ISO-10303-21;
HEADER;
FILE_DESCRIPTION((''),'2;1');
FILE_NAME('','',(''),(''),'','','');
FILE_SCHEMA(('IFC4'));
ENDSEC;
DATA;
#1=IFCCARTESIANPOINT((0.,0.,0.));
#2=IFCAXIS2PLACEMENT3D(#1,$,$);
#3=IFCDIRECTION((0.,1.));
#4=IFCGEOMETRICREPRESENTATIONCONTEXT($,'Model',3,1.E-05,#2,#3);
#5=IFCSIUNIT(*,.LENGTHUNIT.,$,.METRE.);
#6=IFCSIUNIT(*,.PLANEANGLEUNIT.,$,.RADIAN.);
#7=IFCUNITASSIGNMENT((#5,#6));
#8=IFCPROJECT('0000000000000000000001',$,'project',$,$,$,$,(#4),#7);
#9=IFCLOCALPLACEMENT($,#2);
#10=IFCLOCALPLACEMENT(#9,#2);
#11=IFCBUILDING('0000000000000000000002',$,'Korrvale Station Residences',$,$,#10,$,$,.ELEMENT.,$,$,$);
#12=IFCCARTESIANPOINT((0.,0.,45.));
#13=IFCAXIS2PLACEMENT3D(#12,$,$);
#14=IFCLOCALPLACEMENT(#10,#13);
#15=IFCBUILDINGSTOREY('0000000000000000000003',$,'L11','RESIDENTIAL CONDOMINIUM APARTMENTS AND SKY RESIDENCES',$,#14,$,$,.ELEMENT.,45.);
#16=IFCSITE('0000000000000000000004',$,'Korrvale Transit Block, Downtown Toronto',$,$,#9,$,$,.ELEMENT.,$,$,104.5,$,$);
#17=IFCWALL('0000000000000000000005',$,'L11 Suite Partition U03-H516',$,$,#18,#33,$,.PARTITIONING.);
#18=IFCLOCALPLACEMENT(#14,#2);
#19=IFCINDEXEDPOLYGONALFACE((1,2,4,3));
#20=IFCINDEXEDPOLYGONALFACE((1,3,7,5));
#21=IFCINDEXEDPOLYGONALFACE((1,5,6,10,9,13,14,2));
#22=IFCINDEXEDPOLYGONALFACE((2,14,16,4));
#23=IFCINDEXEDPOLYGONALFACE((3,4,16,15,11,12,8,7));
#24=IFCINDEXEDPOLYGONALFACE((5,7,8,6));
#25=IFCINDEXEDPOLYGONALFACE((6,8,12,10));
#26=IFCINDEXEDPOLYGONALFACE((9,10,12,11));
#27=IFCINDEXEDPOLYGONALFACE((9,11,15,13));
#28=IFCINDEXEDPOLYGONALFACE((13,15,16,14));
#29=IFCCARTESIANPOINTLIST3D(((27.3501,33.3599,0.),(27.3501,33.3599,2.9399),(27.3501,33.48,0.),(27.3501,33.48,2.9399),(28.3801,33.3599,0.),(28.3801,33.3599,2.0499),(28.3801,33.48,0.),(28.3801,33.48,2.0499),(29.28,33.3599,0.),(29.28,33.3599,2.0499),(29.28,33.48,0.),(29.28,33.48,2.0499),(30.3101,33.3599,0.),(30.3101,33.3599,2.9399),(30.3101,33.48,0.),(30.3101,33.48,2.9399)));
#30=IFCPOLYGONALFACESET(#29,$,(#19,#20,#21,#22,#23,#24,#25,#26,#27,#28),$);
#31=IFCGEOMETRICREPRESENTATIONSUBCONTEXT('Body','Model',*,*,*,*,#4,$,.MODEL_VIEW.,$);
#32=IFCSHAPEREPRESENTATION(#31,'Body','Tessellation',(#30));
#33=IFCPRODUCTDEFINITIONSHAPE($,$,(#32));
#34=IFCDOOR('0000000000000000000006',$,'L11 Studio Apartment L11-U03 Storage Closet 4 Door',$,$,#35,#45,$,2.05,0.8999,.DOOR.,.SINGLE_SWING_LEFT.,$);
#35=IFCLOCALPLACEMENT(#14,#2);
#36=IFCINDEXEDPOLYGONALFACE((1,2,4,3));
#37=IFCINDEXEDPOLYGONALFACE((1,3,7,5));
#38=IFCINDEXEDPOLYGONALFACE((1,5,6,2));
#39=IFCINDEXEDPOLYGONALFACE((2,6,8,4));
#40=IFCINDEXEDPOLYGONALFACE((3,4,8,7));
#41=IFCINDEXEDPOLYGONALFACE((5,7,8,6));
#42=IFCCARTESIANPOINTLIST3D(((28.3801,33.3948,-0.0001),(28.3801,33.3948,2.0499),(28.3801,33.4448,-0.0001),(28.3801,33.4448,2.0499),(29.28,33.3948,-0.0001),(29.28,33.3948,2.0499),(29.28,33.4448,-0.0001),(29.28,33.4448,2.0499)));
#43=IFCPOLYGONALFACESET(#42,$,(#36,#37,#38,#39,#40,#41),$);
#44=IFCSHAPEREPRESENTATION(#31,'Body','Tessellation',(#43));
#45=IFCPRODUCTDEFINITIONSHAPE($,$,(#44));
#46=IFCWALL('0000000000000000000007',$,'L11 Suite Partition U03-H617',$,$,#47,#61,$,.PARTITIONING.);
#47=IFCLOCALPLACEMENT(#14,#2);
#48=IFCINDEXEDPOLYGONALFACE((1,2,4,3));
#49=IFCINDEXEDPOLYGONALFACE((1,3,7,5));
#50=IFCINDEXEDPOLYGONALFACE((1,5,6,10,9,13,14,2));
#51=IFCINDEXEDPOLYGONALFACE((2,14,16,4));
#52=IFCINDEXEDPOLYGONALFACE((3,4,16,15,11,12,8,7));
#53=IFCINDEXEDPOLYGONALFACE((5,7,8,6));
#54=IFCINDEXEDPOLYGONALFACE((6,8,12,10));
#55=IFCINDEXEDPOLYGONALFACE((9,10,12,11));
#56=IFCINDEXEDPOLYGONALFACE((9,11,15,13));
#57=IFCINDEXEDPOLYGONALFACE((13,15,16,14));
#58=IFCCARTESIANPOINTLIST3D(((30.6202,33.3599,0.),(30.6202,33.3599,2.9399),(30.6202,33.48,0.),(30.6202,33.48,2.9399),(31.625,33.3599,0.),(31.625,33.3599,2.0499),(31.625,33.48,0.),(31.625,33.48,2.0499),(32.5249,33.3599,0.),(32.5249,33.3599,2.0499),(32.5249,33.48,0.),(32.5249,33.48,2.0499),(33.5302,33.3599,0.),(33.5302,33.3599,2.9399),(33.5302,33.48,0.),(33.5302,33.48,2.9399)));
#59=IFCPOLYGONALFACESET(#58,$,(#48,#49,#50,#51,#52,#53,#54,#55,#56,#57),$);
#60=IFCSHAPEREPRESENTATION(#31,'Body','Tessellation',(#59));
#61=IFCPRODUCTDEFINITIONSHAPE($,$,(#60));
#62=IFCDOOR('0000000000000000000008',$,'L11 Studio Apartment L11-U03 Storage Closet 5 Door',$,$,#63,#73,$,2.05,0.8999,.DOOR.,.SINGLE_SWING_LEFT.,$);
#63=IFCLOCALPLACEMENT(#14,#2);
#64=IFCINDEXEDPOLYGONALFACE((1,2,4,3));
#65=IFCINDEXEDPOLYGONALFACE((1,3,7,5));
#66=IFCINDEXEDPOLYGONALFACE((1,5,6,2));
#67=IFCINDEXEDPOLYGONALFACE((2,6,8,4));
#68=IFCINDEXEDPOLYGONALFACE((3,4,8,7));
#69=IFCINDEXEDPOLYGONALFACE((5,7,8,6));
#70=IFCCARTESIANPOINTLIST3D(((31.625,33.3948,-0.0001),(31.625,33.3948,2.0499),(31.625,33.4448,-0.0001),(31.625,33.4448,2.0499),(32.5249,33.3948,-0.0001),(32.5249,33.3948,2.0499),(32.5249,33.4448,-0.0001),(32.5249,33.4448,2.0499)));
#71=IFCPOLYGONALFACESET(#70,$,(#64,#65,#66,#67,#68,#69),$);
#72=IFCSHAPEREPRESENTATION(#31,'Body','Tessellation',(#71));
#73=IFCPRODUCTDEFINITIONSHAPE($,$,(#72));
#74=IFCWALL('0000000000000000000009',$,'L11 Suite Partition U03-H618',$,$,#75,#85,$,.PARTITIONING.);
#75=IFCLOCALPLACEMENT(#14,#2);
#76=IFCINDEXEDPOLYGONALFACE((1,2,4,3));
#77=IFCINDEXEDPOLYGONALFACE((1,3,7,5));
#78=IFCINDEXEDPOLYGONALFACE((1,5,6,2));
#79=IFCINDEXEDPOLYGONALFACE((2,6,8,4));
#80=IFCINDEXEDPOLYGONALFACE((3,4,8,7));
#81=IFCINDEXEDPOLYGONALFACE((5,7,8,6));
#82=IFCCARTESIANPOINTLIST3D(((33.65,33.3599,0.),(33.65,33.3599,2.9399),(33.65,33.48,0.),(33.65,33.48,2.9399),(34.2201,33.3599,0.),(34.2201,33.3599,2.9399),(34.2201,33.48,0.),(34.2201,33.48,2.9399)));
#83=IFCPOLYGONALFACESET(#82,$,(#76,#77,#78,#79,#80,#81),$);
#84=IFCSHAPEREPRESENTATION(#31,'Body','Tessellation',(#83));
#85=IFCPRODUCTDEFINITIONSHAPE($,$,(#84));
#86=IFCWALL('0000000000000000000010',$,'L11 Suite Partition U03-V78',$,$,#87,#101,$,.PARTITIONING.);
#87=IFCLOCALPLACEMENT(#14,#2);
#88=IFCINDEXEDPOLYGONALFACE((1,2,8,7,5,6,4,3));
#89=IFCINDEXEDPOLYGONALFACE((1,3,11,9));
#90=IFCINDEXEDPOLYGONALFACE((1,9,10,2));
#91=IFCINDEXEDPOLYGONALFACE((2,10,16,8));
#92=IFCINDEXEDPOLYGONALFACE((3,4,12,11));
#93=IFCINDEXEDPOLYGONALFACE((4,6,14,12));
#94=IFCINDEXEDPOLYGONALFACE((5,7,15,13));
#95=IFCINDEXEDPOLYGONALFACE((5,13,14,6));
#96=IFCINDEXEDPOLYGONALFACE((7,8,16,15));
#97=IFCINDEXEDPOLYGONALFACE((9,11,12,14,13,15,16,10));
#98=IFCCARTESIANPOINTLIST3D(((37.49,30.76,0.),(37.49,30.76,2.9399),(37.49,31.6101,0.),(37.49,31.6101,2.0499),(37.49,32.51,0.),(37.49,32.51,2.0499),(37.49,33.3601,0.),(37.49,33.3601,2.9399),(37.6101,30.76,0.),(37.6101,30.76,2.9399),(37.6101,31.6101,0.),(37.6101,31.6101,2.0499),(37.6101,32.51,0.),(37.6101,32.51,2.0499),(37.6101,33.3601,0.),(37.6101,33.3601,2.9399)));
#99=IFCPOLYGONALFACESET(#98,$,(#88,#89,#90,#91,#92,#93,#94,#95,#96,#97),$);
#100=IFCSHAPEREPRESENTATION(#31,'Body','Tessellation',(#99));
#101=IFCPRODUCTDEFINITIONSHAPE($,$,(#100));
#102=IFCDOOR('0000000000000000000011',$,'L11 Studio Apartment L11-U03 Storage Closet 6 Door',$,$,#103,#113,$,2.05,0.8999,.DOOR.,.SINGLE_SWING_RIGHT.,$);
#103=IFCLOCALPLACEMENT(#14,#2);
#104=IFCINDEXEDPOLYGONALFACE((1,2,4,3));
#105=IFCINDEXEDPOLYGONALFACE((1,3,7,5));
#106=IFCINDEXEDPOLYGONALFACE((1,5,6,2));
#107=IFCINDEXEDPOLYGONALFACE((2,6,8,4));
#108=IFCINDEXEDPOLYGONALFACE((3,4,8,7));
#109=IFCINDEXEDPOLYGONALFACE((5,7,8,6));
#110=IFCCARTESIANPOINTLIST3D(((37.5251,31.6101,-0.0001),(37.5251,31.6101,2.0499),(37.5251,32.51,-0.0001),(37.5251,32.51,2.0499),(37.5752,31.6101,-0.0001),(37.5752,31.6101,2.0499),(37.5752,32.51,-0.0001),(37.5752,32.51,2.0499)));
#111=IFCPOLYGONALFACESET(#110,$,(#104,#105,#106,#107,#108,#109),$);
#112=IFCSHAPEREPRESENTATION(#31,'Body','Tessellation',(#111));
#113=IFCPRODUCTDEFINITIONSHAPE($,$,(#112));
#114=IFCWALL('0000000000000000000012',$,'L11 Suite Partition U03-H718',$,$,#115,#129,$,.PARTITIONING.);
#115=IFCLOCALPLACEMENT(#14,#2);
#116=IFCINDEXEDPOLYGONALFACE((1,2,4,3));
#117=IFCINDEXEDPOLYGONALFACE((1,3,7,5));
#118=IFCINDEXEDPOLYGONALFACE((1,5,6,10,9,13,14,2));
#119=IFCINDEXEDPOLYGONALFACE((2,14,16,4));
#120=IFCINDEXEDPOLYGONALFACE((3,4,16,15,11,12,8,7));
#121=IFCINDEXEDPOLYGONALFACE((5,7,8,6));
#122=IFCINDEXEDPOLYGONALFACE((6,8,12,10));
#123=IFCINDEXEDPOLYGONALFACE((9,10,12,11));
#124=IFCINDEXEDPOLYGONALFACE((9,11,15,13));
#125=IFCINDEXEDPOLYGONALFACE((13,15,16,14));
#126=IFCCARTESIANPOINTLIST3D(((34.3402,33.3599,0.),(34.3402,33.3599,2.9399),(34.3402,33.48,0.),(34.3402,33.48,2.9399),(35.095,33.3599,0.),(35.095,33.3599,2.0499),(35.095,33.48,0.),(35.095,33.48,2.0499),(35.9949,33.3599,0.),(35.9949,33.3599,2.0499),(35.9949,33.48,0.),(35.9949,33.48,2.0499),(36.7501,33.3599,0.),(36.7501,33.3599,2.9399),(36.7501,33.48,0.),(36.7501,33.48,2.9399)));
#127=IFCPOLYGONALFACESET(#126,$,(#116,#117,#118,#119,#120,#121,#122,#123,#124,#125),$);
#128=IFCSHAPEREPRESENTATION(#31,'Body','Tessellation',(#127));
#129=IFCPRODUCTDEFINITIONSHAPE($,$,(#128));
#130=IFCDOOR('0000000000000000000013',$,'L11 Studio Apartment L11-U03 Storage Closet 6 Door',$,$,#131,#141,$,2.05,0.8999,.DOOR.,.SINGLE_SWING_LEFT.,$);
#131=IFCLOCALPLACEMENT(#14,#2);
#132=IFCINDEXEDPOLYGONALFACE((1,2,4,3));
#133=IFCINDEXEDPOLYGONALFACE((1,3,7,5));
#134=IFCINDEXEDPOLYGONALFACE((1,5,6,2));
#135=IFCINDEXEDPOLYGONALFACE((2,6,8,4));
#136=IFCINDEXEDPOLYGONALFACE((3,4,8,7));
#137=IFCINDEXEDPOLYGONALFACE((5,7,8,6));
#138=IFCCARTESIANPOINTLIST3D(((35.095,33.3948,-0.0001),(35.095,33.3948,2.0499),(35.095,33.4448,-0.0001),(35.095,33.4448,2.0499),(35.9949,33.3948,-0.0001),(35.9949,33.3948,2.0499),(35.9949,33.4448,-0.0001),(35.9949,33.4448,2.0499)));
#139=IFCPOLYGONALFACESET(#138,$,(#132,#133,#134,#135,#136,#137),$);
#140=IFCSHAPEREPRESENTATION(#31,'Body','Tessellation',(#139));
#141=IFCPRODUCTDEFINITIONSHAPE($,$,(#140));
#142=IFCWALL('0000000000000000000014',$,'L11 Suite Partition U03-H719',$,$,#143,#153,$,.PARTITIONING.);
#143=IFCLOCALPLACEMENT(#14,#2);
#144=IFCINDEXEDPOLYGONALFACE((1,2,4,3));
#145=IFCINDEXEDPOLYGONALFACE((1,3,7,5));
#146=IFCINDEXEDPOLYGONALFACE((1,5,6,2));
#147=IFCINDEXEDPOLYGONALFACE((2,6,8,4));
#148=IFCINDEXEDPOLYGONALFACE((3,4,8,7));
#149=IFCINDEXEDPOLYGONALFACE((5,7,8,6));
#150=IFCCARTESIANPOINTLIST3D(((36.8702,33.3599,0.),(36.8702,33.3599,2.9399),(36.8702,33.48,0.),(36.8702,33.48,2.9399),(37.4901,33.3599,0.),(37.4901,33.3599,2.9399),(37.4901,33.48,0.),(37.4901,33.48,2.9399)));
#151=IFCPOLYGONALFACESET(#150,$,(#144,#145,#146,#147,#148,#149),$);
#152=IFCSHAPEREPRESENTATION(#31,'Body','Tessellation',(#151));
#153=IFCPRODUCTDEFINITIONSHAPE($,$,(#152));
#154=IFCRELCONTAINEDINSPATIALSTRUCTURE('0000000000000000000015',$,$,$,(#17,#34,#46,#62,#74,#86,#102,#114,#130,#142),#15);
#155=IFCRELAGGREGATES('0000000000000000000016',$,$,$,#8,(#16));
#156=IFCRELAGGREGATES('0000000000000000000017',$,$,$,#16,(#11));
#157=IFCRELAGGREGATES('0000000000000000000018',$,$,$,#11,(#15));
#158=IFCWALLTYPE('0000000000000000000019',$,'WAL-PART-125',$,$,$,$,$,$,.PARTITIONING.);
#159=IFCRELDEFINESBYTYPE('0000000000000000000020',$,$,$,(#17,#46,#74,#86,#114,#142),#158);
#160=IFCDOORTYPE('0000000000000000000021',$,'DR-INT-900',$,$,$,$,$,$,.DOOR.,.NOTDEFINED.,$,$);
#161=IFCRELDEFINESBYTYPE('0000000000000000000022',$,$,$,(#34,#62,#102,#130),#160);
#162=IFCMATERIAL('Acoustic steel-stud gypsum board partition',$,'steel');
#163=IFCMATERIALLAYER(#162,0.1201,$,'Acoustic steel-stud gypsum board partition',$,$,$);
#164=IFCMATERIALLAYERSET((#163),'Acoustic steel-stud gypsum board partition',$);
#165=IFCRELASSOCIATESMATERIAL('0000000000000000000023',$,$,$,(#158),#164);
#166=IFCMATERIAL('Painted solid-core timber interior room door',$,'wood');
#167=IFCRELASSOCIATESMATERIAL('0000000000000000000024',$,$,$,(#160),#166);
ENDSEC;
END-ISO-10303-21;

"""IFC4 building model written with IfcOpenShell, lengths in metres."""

from ifc_helpers import new_model, si_unit, direction, frame, frame_2d, origin, place, context, subcontext, project, spatial, rectangle, extrude, material, layer, layer_set, type_object, element, fill, save


model = new_model("IFC4")

# Units and contexts
model_context = context("Model", 3, precision=1e-05, world=origin(), true_north=direction((0.0, 1.0)))
body_context = subcontext(model_context, "Body", "Model", "MODEL_VIEW")
ifc_project = project(units=[si_unit("LENGTHUNIT", "METRE"), si_unit("PLANEANGLEUNIT", "RADIAN")], contexts=[model_context])

# Site, building, storey
site_placement = place(None, origin())
site = spatial("IfcSite", under=ifc_project, at=site_placement, Name="Korrvale Transit Block, Downtown Toronto", CompositionType="ELEMENT", RefElevation=104.5)
building_placement = place(site_placement, origin())
building = spatial("IfcBuilding", under=site, at=building_placement, Name="Korrvale Station Residences", CompositionType="ELEMENT")
storey_placement = place(building_placement, frame((0.0, 0.0, 45.0)))
storey = spatial("IfcBuildingStorey", under=building, at=storey_placement, Name="L11", Description="RESIDENTIAL CONDOMINIUM APARTMENTS AND SKY RESIDENCES", CompositionType="ELEMENT", Elevation=45.0)

# Walls, openings, doors
ifc_material_1 = material(Name="Acoustic steel-stud gypsum board partition", Category="steel")
ifc_layer = layer(ifc_material_1, 0.1201, Name="Acoustic steel-stud gypsum board partition")
ifc_layer_set = layer_set([ifc_layer], Name="Acoustic steel-stud gypsum board partition")
wall_type = type_object("IfcWallType", Name="WAL-PART-125", PredefinedType="PARTITIONING", material=ifc_layer_set)
wall_1_placement = place(storey_placement, frame((27.3501, 33.4199, 0.0), z_axis=(0.0, 0.0, 1.0), x_axis=(1.0, 0.0, 0.0)))
wall_1 = element("IfcWall", 1, at=wall_1_placement, inside=storey, type_object=wall_type, Name="L11 Suite Partition U03-H516", PredefinedType="PARTITIONING", context=body_context, shape_type="SweptSolid", body=[
    extrude(rectangle(XDim=2.96, YDim=0.1201, at=frame_2d((1.48, 0.0))), origin(), (0.0, 0.0, 1.0), 2.9399),
])
opening_1_placement = place(wall_1_placement, frame((1.03, 0.0, 0.0)))
opening_1 = element("IfcOpeningElement", 2, at=opening_1_placement, cuts=wall_1, PredefinedType="OPENING", context=body_context, shape_type="SweptSolid", body=[
    extrude(rectangle(XDim=0.8999, YDim=2.05, at=frame_2d((0.45, 1.0249))), frame((0.0, 0.0701, 0.0), z_axis=(0.0, -1.0, 0.0), x_axis=(1.0, 0.0, 0.0)), (0.0, 0.0, 1.0), 0.1401),
])
ifc_material_2 = material(Name="Painted solid-core timber interior room door", Category="wood")
door_type = type_object("IfcDoorType", Name="DR-INT-900", OperationType="NOTDEFINED", PredefinedType="DOOR", material=ifc_material_2)
door_1_placement = place(opening_1_placement, origin())
door_1 = element("IfcDoor", 3, at=door_1_placement, inside=storey, type_object=door_type, Name="L11 Studio Apartment L11-U03 Storage Closet 4 Door", OperationType="SINGLE_SWING_LEFT", OverallHeight=2.05, OverallWidth=0.8999, PredefinedType="DOOR", context=body_context, shape_type="SweptSolid", body=[
    extrude(rectangle(XDim=0.8999, YDim=2.05, at=frame_2d((0.45, 1.0249))), frame((0.0, 0.0249, 0.0), z_axis=(0.0, -1.0, 0.0), x_axis=(1.0, 0.0, 0.0)), (0.0, 0.0, 1.0), 0.05),
])
fill(opening_1, door_1)
wall_2_placement = place(storey_placement, frame((30.6201, 33.4199, 0.0), z_axis=(0.0, 0.0, 1.0), x_axis=(1.0, 0.0, 0.0)))
wall_2 = element("IfcWall", 4, at=wall_2_placement, inside=storey, type_object=wall_type, Name="L11 Suite Partition U03-H617", PredefinedType="PARTITIONING", context=body_context, shape_type="SweptSolid", body=[
    extrude(rectangle(XDim=2.9099, YDim=0.1201, at=frame_2d((1.4551, 0.0))), origin(), (0.0, 0.0, 1.0), 2.9399),
])
opening_2_placement = place(wall_2_placement, frame((1.0049, 0.0, 0.0)))
opening_2 = element("IfcOpeningElement", 5, at=opening_2_placement, cuts=wall_2, PredefinedType="OPENING", context=body_context, shape_type="SweptSolid", body=[
    extrude(rectangle(XDim=0.8999, YDim=2.05, at=frame_2d((0.45, 1.0249))), frame((0.0, 0.0701, 0.0), z_axis=(0.0, -1.0, 0.0), x_axis=(1.0, 0.0, 0.0)), (0.0, 0.0, 1.0), 0.1401),
])
door_2_placement = place(opening_2_placement, origin())
door_2 = element("IfcDoor", 6, at=door_2_placement, inside=storey, type_object=door_type, Name="L11 Studio Apartment L11-U03 Storage Closet 5 Door", OperationType="SINGLE_SWING_LEFT", OverallHeight=2.05, OverallWidth=0.8999, PredefinedType="DOOR", context=body_context, shape_type="SweptSolid", body=[
    extrude(rectangle(XDim=0.8999, YDim=2.05, at=frame_2d((0.45, 1.0249))), frame((0.0, 0.0249, 0.0), z_axis=(0.0, -1.0, 0.0), x_axis=(1.0, 0.0, 0.0)), (0.0, 0.0, 1.0), 0.05),
])
fill(opening_2, door_2)

# Wall
wall_3_placement = place(storey_placement, frame((33.6499, 33.4199, 0.0), z_axis=(0.0, 0.0, 1.0), x_axis=(1.0, 0.0, 0.0)))
element("IfcWall", 7, at=wall_3_placement, inside=storey, type_object=wall_type, Name="L11 Suite Partition U03-H618", PredefinedType="PARTITIONING", context=body_context, shape_type="SweptSolid", body=[
    extrude(rectangle(XDim=0.5701, YDim=0.1201, at=frame_2d((0.2852, 0.0))), origin(), (0.0, 0.0, 1.0), 2.9399),
])

# Walls, openings, doors
wall_4_placement = place(storey_placement, frame((37.55, 30.76, 0.0), z_axis=(0.0, 0.0, 1.0), x_axis=(0.0, 1.0, 0.0)))
wall_4 = element("IfcWall", 8, at=wall_4_placement, inside=storey, type_object=wall_type, Name="L11 Suite Partition U03-V78", PredefinedType="PARTITIONING", context=body_context, shape_type="SweptSolid", body=[
    extrude(rectangle(XDim=2.6001, YDim=0.1201, at=frame_2d((1.3, 0.0))), origin(), (0.0, 0.0, 1.0), 2.9399),
])
opening_3_placement = place(wall_4_placement, frame((0.8501, 0.0, 0.0)))
opening_3 = element("IfcOpeningElement", 9, at=opening_3_placement, cuts=wall_4, PredefinedType="OPENING", context=body_context, shape_type="SweptSolid", body=[
    extrude(rectangle(XDim=0.8999, YDim=2.05, at=frame_2d((0.45, 1.0249))), frame((0.0, 0.0701, 0.0), z_axis=(0.0, -1.0, 0.0), x_axis=(1.0, 0.0, 0.0)), (0.0, 0.0, 1.0), 0.1401),
])
door_3_placement = place(opening_3_placement, origin())
door_3 = element("IfcDoor", 10, at=door_3_placement, inside=storey, type_object=door_type, Name="L11 Studio Apartment L11-U03 Storage Closet 6 Door", OperationType="SINGLE_SWING_RIGHT", OverallHeight=2.05, OverallWidth=0.8999, PredefinedType="DOOR", context=body_context, shape_type="SweptSolid", body=[
    extrude(rectangle(XDim=0.8999, YDim=2.05, at=frame_2d((0.45, 1.0249))), frame((0.0, 0.0249, 0.0), z_axis=(0.0, -1.0, 0.0), x_axis=(1.0, 0.0, 0.0)), (0.0, 0.0, 1.0), 0.05),
])
fill(opening_3, door_3)
wall_5_placement = place(storey_placement, frame((34.3401, 33.4199, 0.0), z_axis=(0.0, 0.0, 1.0), x_axis=(1.0, 0.0, 0.0)))
wall_5 = element("IfcWall", 11, at=wall_5_placement, inside=storey, type_object=wall_type, Name="L11 Suite Partition U03-H718", PredefinedType="PARTITIONING", context=body_context, shape_type="SweptSolid", body=[
    extrude(rectangle(XDim=2.4099, YDim=0.1201, at=frame_2d((1.2051, 0.0))), origin(), (0.0, 0.0, 1.0), 2.9399),
])
opening_4_placement = place(wall_5_placement, frame((0.7549, 0.0, 0.0)))
opening_4 = element("IfcOpeningElement", 12, at=opening_4_placement, cuts=wall_5, PredefinedType="OPENING", context=body_context, shape_type="SweptSolid", body=[
    extrude(rectangle(XDim=0.8999, YDim=2.05, at=frame_2d((0.45, 1.0249))), frame((0.0, 0.0701, 0.0), z_axis=(0.0, -1.0, 0.0), x_axis=(1.0, 0.0, 0.0)), (0.0, 0.0, 1.0), 0.1401),
])
door_4_placement = place(opening_4_placement, origin())
door_4 = element("IfcDoor", 13, at=door_4_placement, inside=storey, type_object=door_type, Name="L11 Studio Apartment L11-U03 Storage Closet 6 Door", OperationType="SINGLE_SWING_LEFT", OverallHeight=2.05, OverallWidth=0.8999, PredefinedType="DOOR", context=body_context, shape_type="SweptSolid", body=[
    extrude(rectangle(XDim=0.8999, YDim=2.05, at=frame_2d((0.45, 1.0249))), frame((0.0, 0.0249, 0.0), z_axis=(0.0, -1.0, 0.0), x_axis=(1.0, 0.0, 0.0)), (0.0, 0.0, 1.0), 0.05),
])
fill(opening_4, door_4)

# Wall
wall_6_placement = place(storey_placement, frame((36.8701, 33.4199, 0.0), z_axis=(0.0, 0.0, 1.0), x_axis=(1.0, 0.0, 0.0)))
element("IfcWall", 14, at=wall_6_placement, inside=storey, type_object=wall_type, Name="L11 Suite Partition U03-H719", PredefinedType="PARTITIONING", context=body_context, shape_type="SweptSolid", body=[
    extrude(rectangle(XDim=0.6199, YDim=0.1201, at=frame_2d((0.3101, 0.0))), origin(), (0.0, 0.0, 1.0), 2.9399),
])

save(model, "model.ifc")
